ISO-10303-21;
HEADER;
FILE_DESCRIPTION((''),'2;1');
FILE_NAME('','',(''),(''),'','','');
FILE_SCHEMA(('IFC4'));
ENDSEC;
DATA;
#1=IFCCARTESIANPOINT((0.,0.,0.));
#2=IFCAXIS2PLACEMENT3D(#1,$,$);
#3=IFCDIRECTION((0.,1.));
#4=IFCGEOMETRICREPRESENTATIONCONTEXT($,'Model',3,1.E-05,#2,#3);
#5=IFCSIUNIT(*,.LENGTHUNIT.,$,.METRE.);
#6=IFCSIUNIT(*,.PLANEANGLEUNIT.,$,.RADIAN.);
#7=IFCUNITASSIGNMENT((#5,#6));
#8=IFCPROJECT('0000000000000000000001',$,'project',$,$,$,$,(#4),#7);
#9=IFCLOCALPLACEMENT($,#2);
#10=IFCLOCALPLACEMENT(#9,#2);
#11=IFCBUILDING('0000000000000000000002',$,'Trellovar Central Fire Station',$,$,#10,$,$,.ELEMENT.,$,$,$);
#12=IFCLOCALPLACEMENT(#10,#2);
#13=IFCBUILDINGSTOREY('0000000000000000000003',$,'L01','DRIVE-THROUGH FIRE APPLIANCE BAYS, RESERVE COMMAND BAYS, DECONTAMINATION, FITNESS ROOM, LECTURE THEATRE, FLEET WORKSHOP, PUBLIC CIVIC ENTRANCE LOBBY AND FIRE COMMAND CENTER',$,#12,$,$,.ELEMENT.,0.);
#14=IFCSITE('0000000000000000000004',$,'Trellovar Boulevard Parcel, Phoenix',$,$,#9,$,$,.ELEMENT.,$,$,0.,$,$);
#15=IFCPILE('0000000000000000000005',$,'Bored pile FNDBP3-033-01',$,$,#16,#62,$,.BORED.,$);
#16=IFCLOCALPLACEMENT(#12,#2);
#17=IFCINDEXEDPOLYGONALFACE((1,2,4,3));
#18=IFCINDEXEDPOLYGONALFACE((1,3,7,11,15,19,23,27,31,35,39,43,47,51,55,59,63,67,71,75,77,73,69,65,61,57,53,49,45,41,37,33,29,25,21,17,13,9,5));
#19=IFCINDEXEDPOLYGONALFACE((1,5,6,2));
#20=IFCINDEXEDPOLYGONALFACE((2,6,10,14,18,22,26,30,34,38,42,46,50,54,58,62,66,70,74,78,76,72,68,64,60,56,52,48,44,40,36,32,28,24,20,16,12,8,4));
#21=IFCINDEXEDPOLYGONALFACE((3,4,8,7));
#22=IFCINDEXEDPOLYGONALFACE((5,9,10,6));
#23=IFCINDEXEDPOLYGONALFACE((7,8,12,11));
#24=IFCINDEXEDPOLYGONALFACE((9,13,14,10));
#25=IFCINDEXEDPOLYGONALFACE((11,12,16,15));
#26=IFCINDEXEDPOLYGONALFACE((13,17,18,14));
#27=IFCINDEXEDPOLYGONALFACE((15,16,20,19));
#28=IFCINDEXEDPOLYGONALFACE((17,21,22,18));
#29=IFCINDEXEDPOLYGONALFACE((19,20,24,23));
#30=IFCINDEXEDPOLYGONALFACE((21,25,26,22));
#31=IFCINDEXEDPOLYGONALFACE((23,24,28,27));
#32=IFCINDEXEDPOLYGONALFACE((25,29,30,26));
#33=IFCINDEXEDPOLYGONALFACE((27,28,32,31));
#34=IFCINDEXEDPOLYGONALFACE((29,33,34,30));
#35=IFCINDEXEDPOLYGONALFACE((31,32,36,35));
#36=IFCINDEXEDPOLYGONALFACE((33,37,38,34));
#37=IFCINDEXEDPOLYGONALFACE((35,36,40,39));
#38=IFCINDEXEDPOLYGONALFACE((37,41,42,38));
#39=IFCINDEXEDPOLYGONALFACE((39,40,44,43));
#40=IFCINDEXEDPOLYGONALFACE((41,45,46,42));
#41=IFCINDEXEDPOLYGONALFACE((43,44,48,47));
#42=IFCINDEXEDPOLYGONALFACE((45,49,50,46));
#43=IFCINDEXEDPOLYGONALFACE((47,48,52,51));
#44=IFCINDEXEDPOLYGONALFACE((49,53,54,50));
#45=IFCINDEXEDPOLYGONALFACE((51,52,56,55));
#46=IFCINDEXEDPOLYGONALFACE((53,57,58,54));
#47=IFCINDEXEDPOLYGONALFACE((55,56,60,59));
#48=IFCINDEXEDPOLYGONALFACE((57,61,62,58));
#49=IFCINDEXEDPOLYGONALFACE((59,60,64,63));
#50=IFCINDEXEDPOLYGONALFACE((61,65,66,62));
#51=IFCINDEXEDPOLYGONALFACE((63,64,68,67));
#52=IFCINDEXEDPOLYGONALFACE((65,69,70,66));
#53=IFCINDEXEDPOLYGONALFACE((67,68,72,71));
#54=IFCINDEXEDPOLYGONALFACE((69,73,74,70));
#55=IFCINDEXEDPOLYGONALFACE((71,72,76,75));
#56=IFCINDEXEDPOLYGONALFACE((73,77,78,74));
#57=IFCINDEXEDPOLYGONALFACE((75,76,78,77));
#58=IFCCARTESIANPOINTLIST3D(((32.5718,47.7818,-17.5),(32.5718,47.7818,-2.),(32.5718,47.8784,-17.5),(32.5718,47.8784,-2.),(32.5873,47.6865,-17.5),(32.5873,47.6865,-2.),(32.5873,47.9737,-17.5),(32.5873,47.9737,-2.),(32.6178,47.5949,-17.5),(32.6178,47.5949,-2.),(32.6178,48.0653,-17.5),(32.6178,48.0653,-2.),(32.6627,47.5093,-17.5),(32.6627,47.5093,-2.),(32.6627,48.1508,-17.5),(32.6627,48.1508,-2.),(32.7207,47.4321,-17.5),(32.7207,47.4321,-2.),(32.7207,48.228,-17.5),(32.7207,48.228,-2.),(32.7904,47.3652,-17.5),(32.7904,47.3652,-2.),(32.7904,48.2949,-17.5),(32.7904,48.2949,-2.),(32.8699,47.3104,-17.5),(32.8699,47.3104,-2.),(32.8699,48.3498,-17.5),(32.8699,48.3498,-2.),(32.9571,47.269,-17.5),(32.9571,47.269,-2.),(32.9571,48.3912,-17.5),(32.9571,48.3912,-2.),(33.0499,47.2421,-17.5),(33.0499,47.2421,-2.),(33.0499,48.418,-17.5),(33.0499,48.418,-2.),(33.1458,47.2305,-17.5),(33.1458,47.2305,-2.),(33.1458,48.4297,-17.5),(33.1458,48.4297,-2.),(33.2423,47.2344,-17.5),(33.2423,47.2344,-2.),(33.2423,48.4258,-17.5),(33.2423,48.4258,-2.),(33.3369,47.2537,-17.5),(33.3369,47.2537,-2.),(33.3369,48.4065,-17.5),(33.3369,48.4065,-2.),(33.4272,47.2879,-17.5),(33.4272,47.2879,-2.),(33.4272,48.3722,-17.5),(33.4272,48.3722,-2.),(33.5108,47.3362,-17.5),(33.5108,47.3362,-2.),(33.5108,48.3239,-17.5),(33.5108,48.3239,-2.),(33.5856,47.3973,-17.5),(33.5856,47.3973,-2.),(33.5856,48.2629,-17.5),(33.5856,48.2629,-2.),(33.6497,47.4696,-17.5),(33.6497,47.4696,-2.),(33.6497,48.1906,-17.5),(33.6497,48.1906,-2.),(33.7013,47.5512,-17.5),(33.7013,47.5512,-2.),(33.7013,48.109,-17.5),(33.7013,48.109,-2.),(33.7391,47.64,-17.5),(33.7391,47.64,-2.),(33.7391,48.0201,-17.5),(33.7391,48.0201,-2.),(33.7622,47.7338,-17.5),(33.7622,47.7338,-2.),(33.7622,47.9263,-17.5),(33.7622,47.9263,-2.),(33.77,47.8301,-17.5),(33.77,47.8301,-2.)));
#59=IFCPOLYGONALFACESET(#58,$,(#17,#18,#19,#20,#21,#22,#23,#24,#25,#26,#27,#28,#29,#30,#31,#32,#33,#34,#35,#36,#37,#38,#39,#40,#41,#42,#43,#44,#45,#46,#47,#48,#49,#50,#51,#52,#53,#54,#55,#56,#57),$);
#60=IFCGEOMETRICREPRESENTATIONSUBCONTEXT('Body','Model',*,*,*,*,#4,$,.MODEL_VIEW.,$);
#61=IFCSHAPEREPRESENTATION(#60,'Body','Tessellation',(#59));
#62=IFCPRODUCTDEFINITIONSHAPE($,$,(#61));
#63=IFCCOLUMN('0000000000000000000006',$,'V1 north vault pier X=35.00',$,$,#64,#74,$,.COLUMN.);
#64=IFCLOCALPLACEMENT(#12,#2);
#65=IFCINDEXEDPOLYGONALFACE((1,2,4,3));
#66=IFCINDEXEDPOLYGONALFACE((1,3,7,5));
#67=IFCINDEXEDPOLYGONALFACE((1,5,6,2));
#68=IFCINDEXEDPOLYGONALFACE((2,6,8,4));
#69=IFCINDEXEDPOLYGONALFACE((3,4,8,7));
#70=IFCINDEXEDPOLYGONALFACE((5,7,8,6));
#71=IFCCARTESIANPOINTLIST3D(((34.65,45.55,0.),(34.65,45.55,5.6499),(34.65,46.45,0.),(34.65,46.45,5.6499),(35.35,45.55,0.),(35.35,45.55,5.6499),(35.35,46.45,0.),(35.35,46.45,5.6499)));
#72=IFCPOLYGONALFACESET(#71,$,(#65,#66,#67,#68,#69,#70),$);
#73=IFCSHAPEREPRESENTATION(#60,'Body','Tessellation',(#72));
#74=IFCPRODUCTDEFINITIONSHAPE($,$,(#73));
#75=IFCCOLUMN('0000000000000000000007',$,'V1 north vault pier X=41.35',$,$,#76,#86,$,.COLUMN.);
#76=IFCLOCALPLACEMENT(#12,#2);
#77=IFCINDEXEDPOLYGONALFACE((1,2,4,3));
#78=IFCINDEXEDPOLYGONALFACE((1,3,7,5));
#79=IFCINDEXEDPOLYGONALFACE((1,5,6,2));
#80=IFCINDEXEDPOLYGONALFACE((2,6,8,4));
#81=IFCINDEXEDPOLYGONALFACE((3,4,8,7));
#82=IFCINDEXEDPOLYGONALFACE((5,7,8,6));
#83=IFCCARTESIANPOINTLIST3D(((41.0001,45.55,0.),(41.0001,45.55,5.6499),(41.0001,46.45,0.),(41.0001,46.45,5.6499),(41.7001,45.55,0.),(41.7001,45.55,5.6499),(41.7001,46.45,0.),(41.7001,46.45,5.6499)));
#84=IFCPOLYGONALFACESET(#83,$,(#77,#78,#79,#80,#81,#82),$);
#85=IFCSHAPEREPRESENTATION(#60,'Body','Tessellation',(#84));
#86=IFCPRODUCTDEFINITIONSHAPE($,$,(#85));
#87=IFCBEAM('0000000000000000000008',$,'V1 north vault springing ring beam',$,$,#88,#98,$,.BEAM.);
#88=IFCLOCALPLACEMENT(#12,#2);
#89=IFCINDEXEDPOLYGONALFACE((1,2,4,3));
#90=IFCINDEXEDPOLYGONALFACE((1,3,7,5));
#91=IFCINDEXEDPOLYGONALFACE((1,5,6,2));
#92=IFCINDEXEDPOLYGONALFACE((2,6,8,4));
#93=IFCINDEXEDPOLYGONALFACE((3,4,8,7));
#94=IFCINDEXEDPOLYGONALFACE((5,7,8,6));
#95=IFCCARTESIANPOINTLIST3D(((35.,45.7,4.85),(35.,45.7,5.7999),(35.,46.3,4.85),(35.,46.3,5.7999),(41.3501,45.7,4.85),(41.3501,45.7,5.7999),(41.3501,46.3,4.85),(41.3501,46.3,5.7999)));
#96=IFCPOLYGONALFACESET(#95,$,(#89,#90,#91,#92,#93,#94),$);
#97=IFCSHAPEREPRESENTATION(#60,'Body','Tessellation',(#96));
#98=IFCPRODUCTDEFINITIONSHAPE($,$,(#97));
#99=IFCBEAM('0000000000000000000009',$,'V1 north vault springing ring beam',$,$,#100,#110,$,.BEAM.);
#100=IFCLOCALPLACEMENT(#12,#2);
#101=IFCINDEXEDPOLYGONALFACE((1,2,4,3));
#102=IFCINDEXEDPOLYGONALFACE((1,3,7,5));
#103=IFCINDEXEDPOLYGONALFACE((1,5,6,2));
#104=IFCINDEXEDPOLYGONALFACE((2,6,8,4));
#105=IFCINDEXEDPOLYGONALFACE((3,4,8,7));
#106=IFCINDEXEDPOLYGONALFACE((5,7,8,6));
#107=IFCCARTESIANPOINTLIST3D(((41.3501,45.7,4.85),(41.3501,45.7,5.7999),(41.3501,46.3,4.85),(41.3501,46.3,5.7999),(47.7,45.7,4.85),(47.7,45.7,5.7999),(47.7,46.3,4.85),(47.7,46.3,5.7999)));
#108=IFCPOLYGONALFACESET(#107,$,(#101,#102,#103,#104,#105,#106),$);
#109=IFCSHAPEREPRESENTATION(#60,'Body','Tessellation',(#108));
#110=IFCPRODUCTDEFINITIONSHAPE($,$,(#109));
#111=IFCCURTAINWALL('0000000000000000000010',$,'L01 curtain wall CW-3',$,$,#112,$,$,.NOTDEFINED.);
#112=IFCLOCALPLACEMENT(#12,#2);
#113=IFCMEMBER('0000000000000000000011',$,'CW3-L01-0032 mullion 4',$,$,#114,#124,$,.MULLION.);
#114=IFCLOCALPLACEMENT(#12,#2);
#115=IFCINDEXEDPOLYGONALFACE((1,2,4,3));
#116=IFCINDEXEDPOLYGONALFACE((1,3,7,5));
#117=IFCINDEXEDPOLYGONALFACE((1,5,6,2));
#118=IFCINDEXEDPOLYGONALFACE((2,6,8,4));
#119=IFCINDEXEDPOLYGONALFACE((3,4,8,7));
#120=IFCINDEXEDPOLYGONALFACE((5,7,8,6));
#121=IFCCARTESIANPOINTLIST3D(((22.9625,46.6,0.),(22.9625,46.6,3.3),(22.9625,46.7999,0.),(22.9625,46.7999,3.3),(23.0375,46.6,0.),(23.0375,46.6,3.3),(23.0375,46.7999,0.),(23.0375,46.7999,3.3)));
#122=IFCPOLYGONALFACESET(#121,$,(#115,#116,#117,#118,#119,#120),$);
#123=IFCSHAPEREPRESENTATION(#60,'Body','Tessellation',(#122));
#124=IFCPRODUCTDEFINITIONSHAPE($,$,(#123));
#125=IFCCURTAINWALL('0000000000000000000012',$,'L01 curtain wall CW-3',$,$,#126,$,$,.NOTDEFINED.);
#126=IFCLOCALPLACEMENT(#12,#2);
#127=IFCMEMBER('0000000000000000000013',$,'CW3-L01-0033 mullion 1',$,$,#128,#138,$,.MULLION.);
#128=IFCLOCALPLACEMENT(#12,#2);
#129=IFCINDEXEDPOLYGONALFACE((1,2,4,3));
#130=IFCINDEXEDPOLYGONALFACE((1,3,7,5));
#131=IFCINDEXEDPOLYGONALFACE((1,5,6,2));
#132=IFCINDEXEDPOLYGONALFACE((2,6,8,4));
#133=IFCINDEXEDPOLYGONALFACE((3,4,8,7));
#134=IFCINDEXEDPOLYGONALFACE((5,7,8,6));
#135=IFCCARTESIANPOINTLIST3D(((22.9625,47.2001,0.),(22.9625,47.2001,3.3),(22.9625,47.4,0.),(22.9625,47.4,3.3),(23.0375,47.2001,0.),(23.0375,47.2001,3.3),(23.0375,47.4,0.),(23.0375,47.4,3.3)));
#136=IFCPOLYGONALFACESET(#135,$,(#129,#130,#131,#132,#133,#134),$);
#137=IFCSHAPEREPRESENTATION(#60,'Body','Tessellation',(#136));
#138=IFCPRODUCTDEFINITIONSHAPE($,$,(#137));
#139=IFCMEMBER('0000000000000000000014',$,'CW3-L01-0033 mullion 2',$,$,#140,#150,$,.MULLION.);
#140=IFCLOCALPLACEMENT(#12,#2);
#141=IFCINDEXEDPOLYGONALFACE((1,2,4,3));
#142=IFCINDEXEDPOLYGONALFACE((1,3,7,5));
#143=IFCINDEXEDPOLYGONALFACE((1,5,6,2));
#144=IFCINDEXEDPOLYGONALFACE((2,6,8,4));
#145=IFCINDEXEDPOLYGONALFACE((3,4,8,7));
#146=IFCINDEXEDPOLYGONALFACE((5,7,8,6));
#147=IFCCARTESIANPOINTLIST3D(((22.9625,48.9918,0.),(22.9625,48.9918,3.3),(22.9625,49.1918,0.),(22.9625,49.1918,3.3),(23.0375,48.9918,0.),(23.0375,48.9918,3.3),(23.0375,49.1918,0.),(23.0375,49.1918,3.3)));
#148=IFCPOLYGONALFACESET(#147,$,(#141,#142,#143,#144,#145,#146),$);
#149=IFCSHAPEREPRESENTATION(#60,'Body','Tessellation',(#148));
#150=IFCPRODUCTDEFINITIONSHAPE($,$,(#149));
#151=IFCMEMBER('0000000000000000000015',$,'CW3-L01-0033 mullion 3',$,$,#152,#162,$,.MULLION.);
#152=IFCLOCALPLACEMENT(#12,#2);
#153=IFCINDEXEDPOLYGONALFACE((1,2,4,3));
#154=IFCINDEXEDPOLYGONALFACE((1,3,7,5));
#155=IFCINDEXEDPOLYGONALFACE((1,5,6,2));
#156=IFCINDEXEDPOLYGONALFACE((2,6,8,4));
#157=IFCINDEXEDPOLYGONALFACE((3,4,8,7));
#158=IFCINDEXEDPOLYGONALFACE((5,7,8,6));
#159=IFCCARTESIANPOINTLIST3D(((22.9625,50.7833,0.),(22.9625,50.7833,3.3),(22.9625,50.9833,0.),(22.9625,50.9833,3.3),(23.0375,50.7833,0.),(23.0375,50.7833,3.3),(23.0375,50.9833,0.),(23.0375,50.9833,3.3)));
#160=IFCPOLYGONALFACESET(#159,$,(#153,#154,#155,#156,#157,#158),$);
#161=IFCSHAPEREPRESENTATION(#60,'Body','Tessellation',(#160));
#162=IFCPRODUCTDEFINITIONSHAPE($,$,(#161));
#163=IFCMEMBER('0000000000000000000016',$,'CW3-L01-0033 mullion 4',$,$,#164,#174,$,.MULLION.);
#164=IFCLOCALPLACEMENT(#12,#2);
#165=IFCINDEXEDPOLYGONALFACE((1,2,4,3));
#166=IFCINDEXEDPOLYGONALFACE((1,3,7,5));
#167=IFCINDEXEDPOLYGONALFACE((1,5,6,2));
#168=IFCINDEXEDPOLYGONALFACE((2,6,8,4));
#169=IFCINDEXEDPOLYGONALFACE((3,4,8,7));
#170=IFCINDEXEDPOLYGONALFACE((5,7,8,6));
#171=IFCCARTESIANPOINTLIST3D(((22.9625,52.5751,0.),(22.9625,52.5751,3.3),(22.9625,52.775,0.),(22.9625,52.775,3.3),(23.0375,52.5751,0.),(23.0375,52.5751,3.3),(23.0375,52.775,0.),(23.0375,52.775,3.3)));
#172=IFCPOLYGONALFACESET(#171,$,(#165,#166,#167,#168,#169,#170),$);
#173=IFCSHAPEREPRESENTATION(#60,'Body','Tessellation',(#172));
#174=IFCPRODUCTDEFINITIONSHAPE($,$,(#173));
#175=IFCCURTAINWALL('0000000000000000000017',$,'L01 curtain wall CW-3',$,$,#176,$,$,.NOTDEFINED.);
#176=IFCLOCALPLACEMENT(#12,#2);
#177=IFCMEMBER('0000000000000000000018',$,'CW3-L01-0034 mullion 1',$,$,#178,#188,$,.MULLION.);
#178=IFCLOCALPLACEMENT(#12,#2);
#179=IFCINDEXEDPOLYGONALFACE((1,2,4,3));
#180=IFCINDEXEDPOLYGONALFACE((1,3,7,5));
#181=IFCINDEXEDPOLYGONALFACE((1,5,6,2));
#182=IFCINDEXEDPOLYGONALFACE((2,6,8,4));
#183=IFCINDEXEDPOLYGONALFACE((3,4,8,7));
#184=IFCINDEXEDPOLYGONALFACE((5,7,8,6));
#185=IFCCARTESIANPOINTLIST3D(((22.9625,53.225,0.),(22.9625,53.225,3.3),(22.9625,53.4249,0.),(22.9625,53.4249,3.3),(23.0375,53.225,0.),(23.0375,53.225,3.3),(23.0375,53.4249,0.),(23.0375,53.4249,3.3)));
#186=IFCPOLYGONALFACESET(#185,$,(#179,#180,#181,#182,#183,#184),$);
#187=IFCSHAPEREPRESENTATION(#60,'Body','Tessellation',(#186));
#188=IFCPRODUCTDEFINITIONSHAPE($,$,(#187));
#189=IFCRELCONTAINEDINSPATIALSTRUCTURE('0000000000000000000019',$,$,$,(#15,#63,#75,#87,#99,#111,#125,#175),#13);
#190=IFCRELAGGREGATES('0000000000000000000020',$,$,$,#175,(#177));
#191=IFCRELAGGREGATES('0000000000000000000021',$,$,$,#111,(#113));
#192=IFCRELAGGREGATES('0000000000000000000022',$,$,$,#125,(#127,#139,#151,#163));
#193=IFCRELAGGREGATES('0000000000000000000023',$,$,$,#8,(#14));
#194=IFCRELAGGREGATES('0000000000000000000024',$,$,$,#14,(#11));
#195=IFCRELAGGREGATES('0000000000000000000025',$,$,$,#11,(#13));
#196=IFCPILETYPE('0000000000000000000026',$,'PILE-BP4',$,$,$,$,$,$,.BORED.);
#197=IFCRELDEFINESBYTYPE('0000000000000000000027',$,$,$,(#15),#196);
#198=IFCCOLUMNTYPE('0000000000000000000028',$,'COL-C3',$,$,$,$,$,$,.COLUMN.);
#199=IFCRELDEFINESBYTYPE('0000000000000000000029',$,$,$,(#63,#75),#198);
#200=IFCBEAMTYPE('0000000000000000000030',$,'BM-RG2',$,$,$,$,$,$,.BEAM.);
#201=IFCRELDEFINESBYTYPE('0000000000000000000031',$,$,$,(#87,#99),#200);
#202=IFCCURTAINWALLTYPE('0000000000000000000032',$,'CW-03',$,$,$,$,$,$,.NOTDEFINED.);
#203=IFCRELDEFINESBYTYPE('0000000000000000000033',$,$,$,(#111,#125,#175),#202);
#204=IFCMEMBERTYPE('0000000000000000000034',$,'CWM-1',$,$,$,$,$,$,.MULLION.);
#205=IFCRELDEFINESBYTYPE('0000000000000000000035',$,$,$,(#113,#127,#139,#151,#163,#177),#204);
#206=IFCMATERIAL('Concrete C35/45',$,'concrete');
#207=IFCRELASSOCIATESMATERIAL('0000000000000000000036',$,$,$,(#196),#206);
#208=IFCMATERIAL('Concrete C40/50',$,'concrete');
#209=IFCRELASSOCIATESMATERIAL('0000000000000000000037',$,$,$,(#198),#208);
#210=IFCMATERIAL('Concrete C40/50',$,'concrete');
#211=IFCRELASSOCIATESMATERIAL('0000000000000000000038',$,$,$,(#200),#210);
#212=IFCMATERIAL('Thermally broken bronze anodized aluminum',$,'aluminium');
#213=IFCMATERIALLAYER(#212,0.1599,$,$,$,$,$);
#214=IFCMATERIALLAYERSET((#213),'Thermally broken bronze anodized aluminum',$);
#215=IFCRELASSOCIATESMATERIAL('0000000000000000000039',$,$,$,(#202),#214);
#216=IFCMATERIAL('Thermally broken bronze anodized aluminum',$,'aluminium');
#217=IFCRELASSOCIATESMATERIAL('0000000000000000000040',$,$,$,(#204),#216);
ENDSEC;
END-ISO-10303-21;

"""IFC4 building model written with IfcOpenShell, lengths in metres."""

from ifc_helpers import new_model, si_unit, direction, frame, origin, origin_2d, place, context, subcontext, project, spatial, rectangle, circle, extrude, material, layer, layer_set, material_profile, profile_set, type_object, element, aggregate, save


model = new_model("IFC4")

# Units and contexts
model_context = context("Model", 3, precision=1e-05, world=origin(), true_north=direction((0.0, 1.0)))
body_context = subcontext(model_context, "Body", "Model", "MODEL_VIEW")
ifc_project = project(units=[si_unit("LENGTHUNIT", "METRE"), si_unit("PLANEANGLEUNIT", "RADIAN")], contexts=[model_context])

# Site, building, storey
site_placement = place(None, origin())
site = spatial("IfcSite", under=ifc_project, at=site_placement, Name="Trellovar Boulevard Parcel, Phoenix", CompositionType="ELEMENT", RefElevation=0.0)
building_placement = place(site_placement, origin())
building = spatial("IfcBuilding", under=site, at=building_placement, Name="Trellovar Central Fire Station", CompositionType="ELEMENT")
storey_placement = place(building_placement, origin())
storey = spatial("IfcBuildingStorey", under=building, at=storey_placement, Name="L01", Description="DRIVE-THROUGH FIRE APPLIANCE BAYS, RESERVE COMMAND BAYS, DECONTAMINATION, FITNESS ROOM, LECTURE THEATRE, FLEET WORKSHOP, PUBLIC CIVIC ENTRANCE LOBBY AND FIRE COMMAND CENTER", CompositionType="ELEMENT", Elevation=0.0)

# Pile
ifc_material_1 = material(Name="Concrete C35/45", Category="concrete")
ifc_material_profile_1 = material_profile(ifc_material_1, circle(Radius=0.6001, at=origin_2d()), Name="PILE1200")
ifc_profile_set_1 = profile_set([ifc_material_profile_1], Name="Concrete C35/45")
pile_type_1 = type_object("IfcPileType", Name="PILE-BP4", PredefinedType="BORED", material=ifc_profile_set_1)
pile_placement = place(storey_placement, frame((33.1699, 47.8301, -2.0), z_axis=(0.0, 0.0, -1.0), x_axis=(1.0, 0.0, 0.0)))
element("IfcPile", 1, at=pile_placement, inside=storey, type_object=pile_type_1, Name="Bored pile FNDBP3-033-01", PredefinedType="BORED", context=body_context, shape_type="SweptSolid", body=[
    extrude(circle(Radius=0.6001, at=origin_2d()), origin(), (0.0, 0.0, 1.0), 15.5),
])

# Columns
ifc_material_2 = material(Name="Concrete C40/50", Category="concrete")
ifc_material_profile_2 = material_profile(ifc_material_2, rectangle(XDim=0.7, YDim=0.8999, at=origin_2d()), Name="RC700X900")
ifc_profile_set_2 = profile_set([ifc_material_profile_2], Name="Concrete C40/50")
column_type = type_object("IfcColumnType", Name="COL-C3", PredefinedType="COLUMN", material=ifc_profile_set_2)
for number, where, z_axis, x_axis, name in (
    (2, (35.0, 46.0, 0.0), (0.0, 0.0, 1.0), (1.0, 0.0, 0.0), "V1 north vault pier X=35.00"),
    (3, (41.3501, 46.0, 0.0), (0.0, 0.0, 1.0), (1.0, 0.0, 0.0), "V1 north vault pier X=41.35"),
):
    element("IfcColumn", number, at=place(storey_placement, frame(where, z_axis=z_axis, x_axis=x_axis)), inside=storey, type_object=column_type, Name=name, PredefinedType="COLUMN", context=body_context, shape_type="SweptSolid", body=[
        extrude(rectangle(XDim=0.7, YDim=0.8999, at=origin_2d()), origin(), (0.0, 0.0, 1.0), 5.6499),
    ])

# Beams
ifc_material_3 = material(Name="Concrete C40/50", Category="concrete")
ifc_material_profile_3 = material_profile(ifc_material_3, rectangle(XDim=0.6001, YDim=0.95, at=origin_2d()), Name="RC600X950")
ifc_profile_set_3 = profile_set([ifc_material_profile_3], Name="Concrete C40/50")
beam_type = type_object("IfcBeamType", Name="BM-RG2", PredefinedType="BEAM", material=ifc_profile_set_3)
beam_1_placement = place(storey_placement, frame((35.0, 46.0, 5.325), z_axis=(1.0, 0.0, 0.0), x_axis=(0.0, 1.0, 0.0)))
element("IfcBeam", 4, at=beam_1_placement, inside=storey, type_object=beam_type, Name="V1 north vault springing ring beam", PredefinedType="BEAM", context=body_context, shape_type="SweptSolid", body=[
    extrude(rectangle(XDim=0.6001, YDim=0.95, at=origin_2d()), origin(), (0.0, 0.0, 1.0), 6.3501),
])
beam_2_placement = place(storey_placement, frame((41.3501, 46.0, 5.325), z_axis=(1.0, 0.0, 0.0), x_axis=(0.0, 1.0, 0.0)))
element("IfcBeam", 5, at=beam_2_placement, inside=storey, type_object=beam_type, Name="V1 north vault springing ring beam", PredefinedType="BEAM", context=body_context, shape_type="SweptSolid", body=[
    extrude(rectangle(XDim=0.6001, YDim=0.95, at=origin_2d()), origin(), (0.0, 0.0, 1.0), 6.3499),
])

# Curtain wall, member
ifc_material_4 = material(Name="Thermally broken bronze anodized aluminum", Category="aluminium")
ifc_layer_1 = layer(ifc_material_4, 0.1599)
ifc_layer_set_1 = layer_set([ifc_layer_1], Name="Thermally broken bronze anodized aluminum")
curtain_wall_type = type_object("IfcCurtainWallType", Name="CW-03", PredefinedType="NOTDEFINED", material=ifc_layer_set_1)
curtain_wall_1_placement = place(storey_placement, origin())
curtain_wall_1 = element("IfcCurtainWall", 6, at=curtain_wall_1_placement, inside=storey, type_object=curtain_wall_type, Name="L01 curtain wall CW-3", PredefinedType="NOTDEFINED")
ifc_material_5 = material(Name="Thermally broken bronze anodized aluminum", Category="aluminium")
ifc_material_profile_4 = material_profile(ifc_material_5, rectangle(XDim=0.075, YDim=0.2, at=origin_2d()), Name="ALU75X200")
ifc_profile_set_4 = profile_set([ifc_material_profile_4], Name="Thermally broken bronze anodized aluminum")
member_type_1 = type_object("IfcMemberType", Name="CWM-1", PredefinedType="MULLION", material=ifc_profile_set_4)
member_1_placement = place(storey_placement, frame((23.0, 46.7, 0.0), z_axis=(0.0, 0.0, 1.0), x_axis=(1.0, 0.0, 0.0)))
member_1 = element("IfcMember", 7, at=member_1_placement, type_object=member_type_1, Name="CW3-L01-0032 mullion 4", PredefinedType="MULLION", context=body_context, shape_type="SweptSolid", body=[
    extrude(rectangle(XDim=0.075, YDim=0.2, at=origin_2d()), origin(), (0.0, 0.0, 1.0), 3.3),
])

# Curtain wall, members
curtain_wall_2_placement = place(storey_placement, origin())
curtain_wall_2 = element("IfcCurtainWall", 8, at=curtain_wall_2_placement, inside=storey, type_object=curtain_wall_type, Name="L01 curtain wall CW-3", PredefinedType="NOTDEFINED")
member_2_placement = place(storey_placement, frame((23.0, 47.3, 0.0), z_axis=(0.0, 0.0, 1.0), x_axis=(1.0, 0.0, 0.0)))
member_2 = element("IfcMember", 9, at=member_2_placement, type_object=member_type_1, Name="CW3-L01-0033 mullion 1", PredefinedType="MULLION", context=body_context, shape_type="SweptSolid", body=[
    extrude(rectangle(XDim=0.075, YDim=0.2, at=origin_2d()), origin(), (0.0, 0.0, 1.0), 3.3),
])
member_3_placement = place(storey_placement, frame((23.0, 49.0918, 0.0), z_axis=(0.0, 0.0, 1.0), x_axis=(1.0, 0.0, 0.0)))
member_3 = element("IfcMember", 10, at=member_3_placement, type_object=member_type_1, Name="CW3-L01-0033 mullion 2", PredefinedType="MULLION", context=body_context, shape_type="SweptSolid", body=[
    extrude(rectangle(XDim=0.075, YDim=0.2, at=origin_2d()), origin(), (0.0, 0.0, 1.0), 3.3),
])
member_4_placement = place(storey_placement, frame((23.0, 50.8833, 0.0), z_axis=(0.0, 0.0, 1.0), x_axis=(1.0, 0.0, 0.0)))
member_4 = element("IfcMember", 11, at=member_4_placement, type_object=member_type_1, Name="CW3-L01-0033 mullion 3", PredefinedType="MULLION", context=body_context, shape_type="SweptSolid", body=[
    extrude(rectangle(XDim=0.075, YDim=0.2, at=origin_2d()), origin(), (0.0, 0.0, 1.0), 3.3),
])
member_5_placement = place(storey_placement, frame((23.0, 52.675, 0.0), z_axis=(0.0, 0.0, 1.0), x_axis=(1.0, 0.0, 0.0)))
member_5 = element("IfcMember", 12, at=member_5_placement, type_object=member_type_1, Name="CW3-L01-0033 mullion 4", PredefinedType="MULLION", context=body_context, shape_type="SweptSolid", body=[
    extrude(rectangle(XDim=0.075, YDim=0.2, at=origin_2d()), origin(), (0.0, 0.0, 1.0), 3.3),
])

# Curtain wall, member
curtain_wall_3_placement = place(storey_placement, origin())
curtain_wall_3 = element("IfcCurtainWall", 13, at=curtain_wall_3_placement, inside=storey, type_object=curtain_wall_type, Name="L01 curtain wall CW-3", PredefinedType="NOTDEFINED")
member_6_placement = place(storey_placement, frame((23.0, 53.325, 0.0), z_axis=(0.0, 0.0, 1.0), x_axis=(1.0, 0.0, 0.0)))
member_6 = element("IfcMember", 14, at=member_6_placement, type_object=member_type_1, Name="CW3-L01-0034 mullion 1", PredefinedType="MULLION", context=body_context, shape_type="SweptSolid", body=[
    extrude(rectangle(XDim=0.075, YDim=0.2, at=origin_2d()), origin(), (0.0, 0.0, 1.0), 3.3),
])

aggregate(curtain_wall_3, [member_6])

aggregate(curtain_wall_1, [member_1])
aggregate(curtain_wall_2, [member_2, member_3, member_4, member_5])

save(model, "model.ifc")
